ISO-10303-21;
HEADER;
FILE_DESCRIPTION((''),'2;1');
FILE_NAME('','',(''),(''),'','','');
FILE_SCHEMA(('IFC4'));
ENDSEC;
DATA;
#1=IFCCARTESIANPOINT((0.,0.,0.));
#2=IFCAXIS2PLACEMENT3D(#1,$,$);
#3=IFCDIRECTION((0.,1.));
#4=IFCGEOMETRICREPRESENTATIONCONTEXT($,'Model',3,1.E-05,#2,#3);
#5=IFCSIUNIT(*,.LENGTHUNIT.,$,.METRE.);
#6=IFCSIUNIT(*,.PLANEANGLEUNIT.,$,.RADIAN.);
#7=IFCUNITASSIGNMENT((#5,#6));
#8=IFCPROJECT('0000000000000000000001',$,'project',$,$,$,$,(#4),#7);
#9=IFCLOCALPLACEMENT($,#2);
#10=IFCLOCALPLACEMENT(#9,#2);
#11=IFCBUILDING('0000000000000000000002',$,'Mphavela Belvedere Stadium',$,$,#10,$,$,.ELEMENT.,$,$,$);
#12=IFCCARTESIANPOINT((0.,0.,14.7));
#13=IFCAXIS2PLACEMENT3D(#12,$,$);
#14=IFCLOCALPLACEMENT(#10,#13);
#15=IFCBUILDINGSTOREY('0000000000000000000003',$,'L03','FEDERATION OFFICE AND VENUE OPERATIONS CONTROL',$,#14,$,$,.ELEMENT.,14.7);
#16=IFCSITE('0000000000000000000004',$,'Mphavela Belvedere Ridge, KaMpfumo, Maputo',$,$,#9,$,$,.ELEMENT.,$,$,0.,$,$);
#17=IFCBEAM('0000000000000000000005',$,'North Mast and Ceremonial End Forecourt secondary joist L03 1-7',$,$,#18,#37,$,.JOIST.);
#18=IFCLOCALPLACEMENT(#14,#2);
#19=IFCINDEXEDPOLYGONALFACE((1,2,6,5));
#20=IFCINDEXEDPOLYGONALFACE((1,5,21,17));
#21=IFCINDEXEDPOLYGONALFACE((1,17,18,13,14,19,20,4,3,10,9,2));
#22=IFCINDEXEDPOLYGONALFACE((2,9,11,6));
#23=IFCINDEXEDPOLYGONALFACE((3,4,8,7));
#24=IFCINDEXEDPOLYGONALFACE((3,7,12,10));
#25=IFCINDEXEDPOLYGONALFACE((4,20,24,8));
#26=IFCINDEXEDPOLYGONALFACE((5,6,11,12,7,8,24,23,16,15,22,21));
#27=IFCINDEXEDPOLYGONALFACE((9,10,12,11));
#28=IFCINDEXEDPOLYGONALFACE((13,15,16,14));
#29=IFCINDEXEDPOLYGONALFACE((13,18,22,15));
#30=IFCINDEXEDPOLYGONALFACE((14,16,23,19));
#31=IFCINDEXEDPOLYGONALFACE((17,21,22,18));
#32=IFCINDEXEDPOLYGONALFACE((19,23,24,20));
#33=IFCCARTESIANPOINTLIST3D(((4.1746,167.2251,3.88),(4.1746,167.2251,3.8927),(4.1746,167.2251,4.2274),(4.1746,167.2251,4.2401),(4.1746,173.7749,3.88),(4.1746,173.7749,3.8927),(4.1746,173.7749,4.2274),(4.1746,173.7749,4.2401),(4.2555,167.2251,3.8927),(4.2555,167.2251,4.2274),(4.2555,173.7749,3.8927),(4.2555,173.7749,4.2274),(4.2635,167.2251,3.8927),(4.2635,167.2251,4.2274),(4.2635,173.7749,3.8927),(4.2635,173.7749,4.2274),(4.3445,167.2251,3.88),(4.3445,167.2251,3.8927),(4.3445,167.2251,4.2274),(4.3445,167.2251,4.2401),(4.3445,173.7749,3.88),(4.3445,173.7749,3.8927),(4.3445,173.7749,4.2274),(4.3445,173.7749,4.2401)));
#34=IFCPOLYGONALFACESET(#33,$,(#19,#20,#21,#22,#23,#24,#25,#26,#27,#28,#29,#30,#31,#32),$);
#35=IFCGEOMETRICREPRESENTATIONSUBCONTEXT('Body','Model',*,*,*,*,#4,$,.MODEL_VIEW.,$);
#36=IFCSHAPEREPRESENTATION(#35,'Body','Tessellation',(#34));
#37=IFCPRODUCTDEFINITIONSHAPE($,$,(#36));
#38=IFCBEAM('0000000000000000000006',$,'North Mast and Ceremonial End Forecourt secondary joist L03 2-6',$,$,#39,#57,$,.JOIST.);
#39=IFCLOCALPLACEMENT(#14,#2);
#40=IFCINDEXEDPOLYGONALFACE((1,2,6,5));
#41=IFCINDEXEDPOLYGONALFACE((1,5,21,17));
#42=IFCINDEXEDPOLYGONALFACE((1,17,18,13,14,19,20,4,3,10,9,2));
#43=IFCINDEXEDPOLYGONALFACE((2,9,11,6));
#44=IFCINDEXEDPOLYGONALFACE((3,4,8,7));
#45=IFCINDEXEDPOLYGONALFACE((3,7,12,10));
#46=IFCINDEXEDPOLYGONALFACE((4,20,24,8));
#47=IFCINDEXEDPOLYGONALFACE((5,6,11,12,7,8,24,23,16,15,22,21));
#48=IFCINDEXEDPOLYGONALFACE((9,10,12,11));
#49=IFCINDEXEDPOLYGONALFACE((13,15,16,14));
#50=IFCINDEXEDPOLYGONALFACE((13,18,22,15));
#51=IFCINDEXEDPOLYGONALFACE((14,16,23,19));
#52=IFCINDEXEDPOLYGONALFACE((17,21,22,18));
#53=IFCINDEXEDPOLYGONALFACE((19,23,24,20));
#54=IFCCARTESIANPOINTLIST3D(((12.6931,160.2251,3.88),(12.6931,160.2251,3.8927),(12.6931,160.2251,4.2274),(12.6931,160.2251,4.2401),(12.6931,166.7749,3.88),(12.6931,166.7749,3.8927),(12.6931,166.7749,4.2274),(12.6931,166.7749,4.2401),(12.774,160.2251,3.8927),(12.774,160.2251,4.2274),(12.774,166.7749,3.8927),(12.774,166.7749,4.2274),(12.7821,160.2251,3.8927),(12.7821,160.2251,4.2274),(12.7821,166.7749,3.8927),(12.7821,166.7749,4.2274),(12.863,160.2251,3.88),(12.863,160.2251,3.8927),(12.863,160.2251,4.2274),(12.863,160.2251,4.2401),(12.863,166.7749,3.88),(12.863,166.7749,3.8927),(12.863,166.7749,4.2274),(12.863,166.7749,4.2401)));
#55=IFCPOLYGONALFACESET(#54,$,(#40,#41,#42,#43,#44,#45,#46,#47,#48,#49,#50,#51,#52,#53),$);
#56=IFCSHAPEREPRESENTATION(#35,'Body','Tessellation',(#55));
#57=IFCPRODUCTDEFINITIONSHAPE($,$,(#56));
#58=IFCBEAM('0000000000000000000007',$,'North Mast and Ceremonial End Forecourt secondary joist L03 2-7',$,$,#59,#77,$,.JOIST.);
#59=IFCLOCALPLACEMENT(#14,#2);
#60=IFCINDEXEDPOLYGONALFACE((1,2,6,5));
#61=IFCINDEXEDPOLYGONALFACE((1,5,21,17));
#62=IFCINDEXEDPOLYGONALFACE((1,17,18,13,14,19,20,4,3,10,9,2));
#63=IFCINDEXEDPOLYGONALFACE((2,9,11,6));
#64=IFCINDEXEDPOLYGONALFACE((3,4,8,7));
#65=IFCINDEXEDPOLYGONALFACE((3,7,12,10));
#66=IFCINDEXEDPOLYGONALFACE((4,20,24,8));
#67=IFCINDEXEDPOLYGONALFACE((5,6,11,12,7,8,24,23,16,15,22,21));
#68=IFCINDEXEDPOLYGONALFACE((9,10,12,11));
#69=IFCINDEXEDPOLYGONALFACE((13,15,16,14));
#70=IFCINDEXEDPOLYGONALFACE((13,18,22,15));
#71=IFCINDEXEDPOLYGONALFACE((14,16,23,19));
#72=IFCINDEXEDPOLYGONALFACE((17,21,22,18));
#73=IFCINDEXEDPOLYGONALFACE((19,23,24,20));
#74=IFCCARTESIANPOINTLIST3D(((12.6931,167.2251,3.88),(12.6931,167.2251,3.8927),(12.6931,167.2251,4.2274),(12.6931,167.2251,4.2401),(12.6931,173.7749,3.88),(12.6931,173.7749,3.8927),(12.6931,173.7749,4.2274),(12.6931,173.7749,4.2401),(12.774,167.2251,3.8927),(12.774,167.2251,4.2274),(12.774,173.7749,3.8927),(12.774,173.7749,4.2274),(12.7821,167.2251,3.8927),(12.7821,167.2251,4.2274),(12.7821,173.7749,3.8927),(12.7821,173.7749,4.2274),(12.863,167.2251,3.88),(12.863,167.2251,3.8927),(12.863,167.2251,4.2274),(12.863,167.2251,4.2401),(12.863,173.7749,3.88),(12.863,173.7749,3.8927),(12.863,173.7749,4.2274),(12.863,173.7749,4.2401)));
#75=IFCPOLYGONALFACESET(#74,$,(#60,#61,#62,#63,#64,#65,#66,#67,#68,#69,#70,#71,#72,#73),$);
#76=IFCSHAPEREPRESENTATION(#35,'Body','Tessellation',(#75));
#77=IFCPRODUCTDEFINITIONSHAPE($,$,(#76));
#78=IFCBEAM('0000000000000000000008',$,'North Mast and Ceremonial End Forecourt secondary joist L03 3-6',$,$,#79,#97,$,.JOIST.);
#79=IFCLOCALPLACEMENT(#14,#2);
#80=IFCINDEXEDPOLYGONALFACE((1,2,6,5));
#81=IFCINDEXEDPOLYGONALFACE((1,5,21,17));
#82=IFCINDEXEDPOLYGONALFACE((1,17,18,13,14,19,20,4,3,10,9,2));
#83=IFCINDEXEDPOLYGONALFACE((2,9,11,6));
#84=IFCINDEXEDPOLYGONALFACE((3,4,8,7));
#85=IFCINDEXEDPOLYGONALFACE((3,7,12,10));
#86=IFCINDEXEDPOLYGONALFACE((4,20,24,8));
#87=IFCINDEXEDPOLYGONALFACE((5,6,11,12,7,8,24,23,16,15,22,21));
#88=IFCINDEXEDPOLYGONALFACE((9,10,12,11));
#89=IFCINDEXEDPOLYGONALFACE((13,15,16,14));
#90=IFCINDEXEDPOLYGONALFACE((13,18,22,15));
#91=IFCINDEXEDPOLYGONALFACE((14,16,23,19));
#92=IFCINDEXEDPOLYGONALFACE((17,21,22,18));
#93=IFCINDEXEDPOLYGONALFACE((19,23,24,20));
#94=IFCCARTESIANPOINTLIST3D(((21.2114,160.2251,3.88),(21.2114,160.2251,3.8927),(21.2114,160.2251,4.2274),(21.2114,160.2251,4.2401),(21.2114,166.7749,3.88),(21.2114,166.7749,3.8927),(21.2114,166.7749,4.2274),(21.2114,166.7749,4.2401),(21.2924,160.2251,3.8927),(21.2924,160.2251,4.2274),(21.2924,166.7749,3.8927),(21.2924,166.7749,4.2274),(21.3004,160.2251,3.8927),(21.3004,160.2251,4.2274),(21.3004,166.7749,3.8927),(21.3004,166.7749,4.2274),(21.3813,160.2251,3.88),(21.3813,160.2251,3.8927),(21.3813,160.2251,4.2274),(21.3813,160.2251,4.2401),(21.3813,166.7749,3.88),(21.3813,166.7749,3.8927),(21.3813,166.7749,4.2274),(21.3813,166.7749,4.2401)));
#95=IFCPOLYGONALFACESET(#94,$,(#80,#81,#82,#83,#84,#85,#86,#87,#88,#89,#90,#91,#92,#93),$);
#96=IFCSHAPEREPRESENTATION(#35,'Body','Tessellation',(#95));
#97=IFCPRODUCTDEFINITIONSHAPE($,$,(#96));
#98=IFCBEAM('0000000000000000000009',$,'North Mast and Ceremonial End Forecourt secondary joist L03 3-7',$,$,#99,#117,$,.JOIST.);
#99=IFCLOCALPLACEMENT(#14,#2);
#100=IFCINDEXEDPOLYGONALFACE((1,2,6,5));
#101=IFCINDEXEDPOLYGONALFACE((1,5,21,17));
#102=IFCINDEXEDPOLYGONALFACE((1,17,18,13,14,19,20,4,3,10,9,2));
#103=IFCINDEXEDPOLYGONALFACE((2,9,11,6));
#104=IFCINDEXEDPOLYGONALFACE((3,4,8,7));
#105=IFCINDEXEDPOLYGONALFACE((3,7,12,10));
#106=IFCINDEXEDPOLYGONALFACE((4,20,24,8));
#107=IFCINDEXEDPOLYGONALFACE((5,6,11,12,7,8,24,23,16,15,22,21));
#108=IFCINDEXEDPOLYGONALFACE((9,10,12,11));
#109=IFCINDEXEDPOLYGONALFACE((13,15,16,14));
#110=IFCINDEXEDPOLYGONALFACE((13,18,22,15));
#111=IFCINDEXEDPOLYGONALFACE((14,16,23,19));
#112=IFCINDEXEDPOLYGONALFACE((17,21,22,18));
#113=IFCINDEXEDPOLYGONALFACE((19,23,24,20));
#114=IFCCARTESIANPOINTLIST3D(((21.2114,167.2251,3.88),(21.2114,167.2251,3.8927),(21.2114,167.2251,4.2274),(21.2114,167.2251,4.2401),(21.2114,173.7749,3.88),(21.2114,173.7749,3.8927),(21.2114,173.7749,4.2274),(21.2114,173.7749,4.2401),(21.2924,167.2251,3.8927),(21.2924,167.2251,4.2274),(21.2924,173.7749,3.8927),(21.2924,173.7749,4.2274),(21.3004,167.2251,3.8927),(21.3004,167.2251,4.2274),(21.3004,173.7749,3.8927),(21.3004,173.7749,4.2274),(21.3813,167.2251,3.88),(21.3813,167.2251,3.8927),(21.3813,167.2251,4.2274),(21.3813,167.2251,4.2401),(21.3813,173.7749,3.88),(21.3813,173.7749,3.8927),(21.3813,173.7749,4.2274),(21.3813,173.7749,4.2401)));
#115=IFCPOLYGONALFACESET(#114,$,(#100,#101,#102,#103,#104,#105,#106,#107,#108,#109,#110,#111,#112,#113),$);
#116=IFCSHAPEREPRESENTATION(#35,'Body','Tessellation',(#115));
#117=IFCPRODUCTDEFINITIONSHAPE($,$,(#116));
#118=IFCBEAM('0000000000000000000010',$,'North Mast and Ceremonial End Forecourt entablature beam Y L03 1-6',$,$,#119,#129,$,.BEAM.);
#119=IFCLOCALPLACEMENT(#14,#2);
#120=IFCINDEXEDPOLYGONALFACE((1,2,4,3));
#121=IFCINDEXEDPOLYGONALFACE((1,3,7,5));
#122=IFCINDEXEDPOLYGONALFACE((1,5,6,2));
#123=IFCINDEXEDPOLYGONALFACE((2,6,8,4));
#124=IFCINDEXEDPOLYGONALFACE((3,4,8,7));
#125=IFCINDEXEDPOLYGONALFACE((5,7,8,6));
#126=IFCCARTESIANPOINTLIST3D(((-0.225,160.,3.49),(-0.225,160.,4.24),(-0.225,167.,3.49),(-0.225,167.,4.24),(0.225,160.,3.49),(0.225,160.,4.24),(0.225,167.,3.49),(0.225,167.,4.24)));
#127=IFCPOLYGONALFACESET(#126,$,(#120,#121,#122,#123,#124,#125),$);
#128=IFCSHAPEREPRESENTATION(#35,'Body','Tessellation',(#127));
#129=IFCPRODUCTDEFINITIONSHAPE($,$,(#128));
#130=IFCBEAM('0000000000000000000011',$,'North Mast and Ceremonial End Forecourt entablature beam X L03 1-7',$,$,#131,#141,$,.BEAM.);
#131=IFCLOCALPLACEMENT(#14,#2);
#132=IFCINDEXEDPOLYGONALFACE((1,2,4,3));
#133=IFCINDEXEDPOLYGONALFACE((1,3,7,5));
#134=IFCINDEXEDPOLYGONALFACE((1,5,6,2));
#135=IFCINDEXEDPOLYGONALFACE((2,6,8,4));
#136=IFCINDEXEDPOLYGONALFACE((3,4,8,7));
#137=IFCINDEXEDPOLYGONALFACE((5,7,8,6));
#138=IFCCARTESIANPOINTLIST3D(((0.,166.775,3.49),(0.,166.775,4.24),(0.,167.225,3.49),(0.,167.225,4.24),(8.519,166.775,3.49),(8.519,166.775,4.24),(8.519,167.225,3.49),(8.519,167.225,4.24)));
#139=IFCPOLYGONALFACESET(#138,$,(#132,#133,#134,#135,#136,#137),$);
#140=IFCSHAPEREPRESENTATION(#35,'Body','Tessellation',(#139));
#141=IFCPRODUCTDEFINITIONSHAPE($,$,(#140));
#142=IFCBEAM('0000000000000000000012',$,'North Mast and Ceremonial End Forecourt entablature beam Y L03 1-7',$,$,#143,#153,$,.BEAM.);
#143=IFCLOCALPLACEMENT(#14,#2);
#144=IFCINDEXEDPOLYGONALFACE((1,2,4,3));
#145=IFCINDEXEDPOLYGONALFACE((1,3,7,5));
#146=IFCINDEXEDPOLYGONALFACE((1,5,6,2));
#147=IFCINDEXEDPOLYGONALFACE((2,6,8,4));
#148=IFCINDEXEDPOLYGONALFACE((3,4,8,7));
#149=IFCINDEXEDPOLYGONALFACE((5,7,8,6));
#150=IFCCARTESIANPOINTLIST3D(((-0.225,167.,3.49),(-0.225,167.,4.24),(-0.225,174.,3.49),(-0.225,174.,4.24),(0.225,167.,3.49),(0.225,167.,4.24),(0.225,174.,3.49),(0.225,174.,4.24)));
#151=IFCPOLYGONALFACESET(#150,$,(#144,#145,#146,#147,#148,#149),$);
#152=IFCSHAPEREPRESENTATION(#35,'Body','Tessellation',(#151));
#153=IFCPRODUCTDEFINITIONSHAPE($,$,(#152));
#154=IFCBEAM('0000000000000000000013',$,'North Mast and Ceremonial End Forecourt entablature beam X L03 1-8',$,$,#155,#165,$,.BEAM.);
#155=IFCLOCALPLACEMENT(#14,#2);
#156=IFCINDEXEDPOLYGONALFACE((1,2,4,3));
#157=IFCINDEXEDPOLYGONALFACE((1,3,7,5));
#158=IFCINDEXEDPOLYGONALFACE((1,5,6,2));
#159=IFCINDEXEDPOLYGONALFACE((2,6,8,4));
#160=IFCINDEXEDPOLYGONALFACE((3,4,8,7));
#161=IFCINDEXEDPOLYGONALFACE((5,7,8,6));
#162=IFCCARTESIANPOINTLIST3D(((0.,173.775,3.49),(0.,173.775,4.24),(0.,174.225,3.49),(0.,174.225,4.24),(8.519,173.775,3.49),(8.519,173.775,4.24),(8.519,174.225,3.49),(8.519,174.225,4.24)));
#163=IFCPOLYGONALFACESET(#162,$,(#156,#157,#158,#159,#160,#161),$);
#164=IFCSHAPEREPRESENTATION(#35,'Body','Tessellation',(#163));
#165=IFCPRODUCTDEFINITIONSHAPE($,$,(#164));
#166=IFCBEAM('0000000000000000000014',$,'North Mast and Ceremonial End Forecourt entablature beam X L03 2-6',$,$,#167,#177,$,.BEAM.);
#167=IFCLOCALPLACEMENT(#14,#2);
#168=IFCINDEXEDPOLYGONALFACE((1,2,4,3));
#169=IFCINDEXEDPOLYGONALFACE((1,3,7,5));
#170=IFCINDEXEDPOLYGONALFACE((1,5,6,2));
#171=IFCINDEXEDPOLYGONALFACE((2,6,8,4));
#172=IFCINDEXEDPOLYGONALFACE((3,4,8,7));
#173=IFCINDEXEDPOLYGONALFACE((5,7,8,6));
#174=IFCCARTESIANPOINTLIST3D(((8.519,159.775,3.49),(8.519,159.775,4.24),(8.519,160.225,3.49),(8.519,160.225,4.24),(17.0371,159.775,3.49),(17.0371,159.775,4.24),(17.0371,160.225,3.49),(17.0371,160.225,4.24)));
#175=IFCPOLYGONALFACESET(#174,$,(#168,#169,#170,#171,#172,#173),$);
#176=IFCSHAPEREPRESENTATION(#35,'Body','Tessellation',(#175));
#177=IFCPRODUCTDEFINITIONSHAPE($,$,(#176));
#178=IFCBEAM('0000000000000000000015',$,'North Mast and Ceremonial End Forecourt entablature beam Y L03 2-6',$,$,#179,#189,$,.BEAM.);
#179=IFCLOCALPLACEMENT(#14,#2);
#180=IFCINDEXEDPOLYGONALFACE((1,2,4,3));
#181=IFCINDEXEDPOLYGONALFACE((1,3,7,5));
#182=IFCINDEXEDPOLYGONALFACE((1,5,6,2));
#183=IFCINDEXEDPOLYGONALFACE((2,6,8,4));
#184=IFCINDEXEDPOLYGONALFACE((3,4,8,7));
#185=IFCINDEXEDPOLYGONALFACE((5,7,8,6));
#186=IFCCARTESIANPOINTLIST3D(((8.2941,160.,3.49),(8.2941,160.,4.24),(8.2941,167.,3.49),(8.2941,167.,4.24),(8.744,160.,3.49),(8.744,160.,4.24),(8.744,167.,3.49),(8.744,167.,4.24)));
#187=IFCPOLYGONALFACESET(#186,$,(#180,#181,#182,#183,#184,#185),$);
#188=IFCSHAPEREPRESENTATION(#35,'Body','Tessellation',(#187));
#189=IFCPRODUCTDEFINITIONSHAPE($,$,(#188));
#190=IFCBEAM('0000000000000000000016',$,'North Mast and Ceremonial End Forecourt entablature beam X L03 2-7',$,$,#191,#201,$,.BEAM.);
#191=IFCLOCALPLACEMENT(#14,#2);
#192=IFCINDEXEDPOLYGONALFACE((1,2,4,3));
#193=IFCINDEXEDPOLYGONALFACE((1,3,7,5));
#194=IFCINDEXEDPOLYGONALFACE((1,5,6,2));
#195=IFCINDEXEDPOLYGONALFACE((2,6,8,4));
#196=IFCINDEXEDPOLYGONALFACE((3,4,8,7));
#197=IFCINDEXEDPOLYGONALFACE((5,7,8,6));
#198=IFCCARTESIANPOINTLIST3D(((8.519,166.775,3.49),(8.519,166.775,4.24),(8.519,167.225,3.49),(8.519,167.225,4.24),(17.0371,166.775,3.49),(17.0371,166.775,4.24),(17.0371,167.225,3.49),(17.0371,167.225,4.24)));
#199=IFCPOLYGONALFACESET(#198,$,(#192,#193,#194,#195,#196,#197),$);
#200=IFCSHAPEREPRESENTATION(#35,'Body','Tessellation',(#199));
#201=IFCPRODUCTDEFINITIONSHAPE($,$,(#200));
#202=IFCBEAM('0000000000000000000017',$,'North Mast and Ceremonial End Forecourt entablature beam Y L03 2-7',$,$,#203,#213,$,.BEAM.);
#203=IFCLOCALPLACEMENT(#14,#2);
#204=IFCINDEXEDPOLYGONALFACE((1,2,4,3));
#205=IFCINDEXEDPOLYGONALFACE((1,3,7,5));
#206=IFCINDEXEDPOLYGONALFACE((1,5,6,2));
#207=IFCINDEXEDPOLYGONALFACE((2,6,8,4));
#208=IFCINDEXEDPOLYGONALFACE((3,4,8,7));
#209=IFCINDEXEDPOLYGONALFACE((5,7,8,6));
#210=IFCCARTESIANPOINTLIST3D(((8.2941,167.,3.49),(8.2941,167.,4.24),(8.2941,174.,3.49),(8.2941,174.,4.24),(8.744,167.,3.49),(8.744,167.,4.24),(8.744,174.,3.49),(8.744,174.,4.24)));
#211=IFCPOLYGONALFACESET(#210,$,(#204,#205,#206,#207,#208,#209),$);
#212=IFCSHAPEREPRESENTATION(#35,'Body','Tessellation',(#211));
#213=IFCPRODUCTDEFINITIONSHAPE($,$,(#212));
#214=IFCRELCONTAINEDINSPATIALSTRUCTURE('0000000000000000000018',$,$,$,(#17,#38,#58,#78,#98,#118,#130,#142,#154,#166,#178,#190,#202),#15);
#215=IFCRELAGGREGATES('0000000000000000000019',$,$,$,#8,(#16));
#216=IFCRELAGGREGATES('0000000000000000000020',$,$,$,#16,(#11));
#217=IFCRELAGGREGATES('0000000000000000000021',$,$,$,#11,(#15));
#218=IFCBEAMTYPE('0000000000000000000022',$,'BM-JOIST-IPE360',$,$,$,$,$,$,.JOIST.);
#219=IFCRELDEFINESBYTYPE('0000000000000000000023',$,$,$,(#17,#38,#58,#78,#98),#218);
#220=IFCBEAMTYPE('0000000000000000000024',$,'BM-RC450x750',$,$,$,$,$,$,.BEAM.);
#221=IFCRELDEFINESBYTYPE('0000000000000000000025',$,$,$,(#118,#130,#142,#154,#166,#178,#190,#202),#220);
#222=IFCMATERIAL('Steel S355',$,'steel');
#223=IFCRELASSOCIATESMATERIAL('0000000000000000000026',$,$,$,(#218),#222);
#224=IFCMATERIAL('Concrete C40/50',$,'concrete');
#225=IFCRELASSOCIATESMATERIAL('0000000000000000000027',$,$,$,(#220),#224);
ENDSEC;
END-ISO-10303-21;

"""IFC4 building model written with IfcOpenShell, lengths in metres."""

from ifc_helpers import new_model, si_unit, direction, frame, origin, origin_2d, place, context, subcontext, project, spatial, rectangle, i_section, extrude, material, material_profile, profile_set, type_object, element, save


model = new_model("IFC4")

# Units and contexts
model_context = context("Model", 3, precision=1e-05, world=origin(), true_north=direction((0.0, 1.0)))
body_context = subcontext(model_context, "Body", "Model", "MODEL_VIEW")
ifc_project = project(units=[si_unit("LENGTHUNIT", "METRE"), si_unit("PLANEANGLEUNIT", "RADIAN")], contexts=[model_context])

# Site, building, storey
site_placement = place(None, origin())
site = spatial("IfcSite", under=ifc_project, at=site_placement, Name="Mphavela Belvedere Ridge, KaMpfumo, Maputo", CompositionType="ELEMENT", RefElevation=0.0)
building_placement = place(site_placement, origin())
building = spatial("IfcBuilding", under=site, at=building_placement, Name="Mphavela Belvedere Stadium", CompositionType="ELEMENT")
storey_placement = place(building_placement, frame((0.0, 0.0, 14.7)))
storey = spatial("IfcBuildingStorey", under=building, at=storey_placement, Name="L03", Description="FEDERATION OFFICE AND VENUE OPERATIONS CONTROL", CompositionType="ELEMENT", Elevation=14.7)

# Beams
ifc_material_1 = material(Name="Steel S355", Category="steel")
ifc_material_profile_1 = material_profile(ifc_material_1, i_section(OverallWidth=0.1699, OverallDepth=0.3601, WebThickness=0.0081, FlangeThickness=0.0127, at=origin_2d()), Name="IPE 360")
ifc_profile_set_1 = profile_set([ifc_material_profile_1], Name="Steel S355")
beam_type_1 = type_object("IfcBeamType", Name="BM-JOIST-IPE360", PredefinedType="JOIST", material=ifc_profile_set_1)
for number, where, z_axis, x_axis, name in (
    (1, (4.2595, 167.2251, 4.0601), (0.0, 1.0, 0.0), (-1.0, 0.0, 0.0), "North Mast and Ceremonial End Forecourt secondary joist L03 1-7"),
    (2, (12.7781, 160.2251, 4.0601), (0.0, 1.0, 0.0), (-1.0, 0.0, 0.0), "North Mast and Ceremonial End Forecourt secondary joist L03 2-6"),
    (3, (12.7781, 167.2251, 4.0601), (0.0, 1.0, 0.0), (-1.0, 0.0, 0.0), "North Mast and Ceremonial End Forecourt secondary joist L03 2-7"),
    (4, (21.2964, 160.2251, 4.0601), (0.0, 1.0, 0.0), (-1.0, 0.0, 0.0), "North Mast and Ceremonial End Forecourt secondary joist L03 3-6"),
    (5, (21.2964, 167.2251, 4.0601), (0.0, 1.0, 0.0), (-1.0, 0.0, 0.0), "North Mast and Ceremonial End Forecourt secondary joist L03 3-7"),
):
    element("IfcBeam", number, at=place(storey_placement, frame(where, z_axis=z_axis, x_axis=x_axis)), inside=storey, type_object=beam_type_1, Name=name, PredefinedType="JOIST", context=body_context, shape_type="SweptSolid", body=[
        extrude(i_section(OverallWidth=0.1699, OverallDepth=0.3601, WebThickness=0.0081, FlangeThickness=0.0127, at=origin_2d()), origin(), (0.0, 0.0, 1.0), 6.5498),
    ])
ifc_material_2 = material(Name="Concrete C40/50", Category="concrete")
ifc_material_profile_2 = material_profile(ifc_material_2, rectangle(XDim=0.45, YDim=0.75, at=origin_2d()), Name="RC 450x750")
ifc_profile_set_2 = profile_set([ifc_material_profile_2], Name="Concrete C40/50")
beam_type_2 = type_object("IfcBeamType", Name="BM-RC450x750", PredefinedType="BEAM", material=ifc_profile_set_2)
beam_1_placement = place(storey_placement, frame((0.0, 160.0, 3.865), z_axis=(0.0, 1.0, 0.0), x_axis=(-1.0, 0.0, 0.0)))
element("IfcBeam", 6, at=beam_1_placement, inside=storey, type_object=beam_type_2, Name="North Mast and Ceremonial End Forecourt entablature beam Y L03 1-6", PredefinedType="BEAM", context=body_context, shape_type="SweptSolid", body=[
    extrude(rectangle(XDim=0.45, YDim=0.75, at=origin_2d()), origin(), (0.0, 0.0, 1.0), 7.0),
])
beam_2_placement = place(storey_placement, frame((0.0, 167.0, 3.865), z_axis=(1.0, 0.0, 0.0), x_axis=(0.0, 1.0, 0.0)))
element("IfcBeam", 7, at=beam_2_placement, inside=storey, type_object=beam_type_2, Name="North Mast and Ceremonial End Forecourt entablature beam X L03 1-7", PredefinedType="BEAM", context=body_context, shape_type="SweptSolid", body=[
    extrude(rectangle(XDim=0.45, YDim=0.75, at=origin_2d()), origin(), (0.0, 0.0, 1.0), 8.519),
])
beam_3_placement = place(storey_placement, frame((0.0, 167.0, 3.865), z_axis=(0.0, 1.0, 0.0), x_axis=(-1.0, 0.0, 0.0)))
element("IfcBeam", 8, at=beam_3_placement, inside=storey, type_object=beam_type_2, Name="North Mast and Ceremonial End Forecourt entablature beam Y L03 1-7", PredefinedType="BEAM", context=body_context, shape_type="SweptSolid", body=[
    extrude(rectangle(XDim=0.45, YDim=0.75, at=origin_2d()), origin(), (0.0, 0.0, 1.0), 7.0),
])
beam_4_placement = place(storey_placement, frame((0.0, 174.0, 3.865), z_axis=(1.0, 0.0, 0.0), x_axis=(0.0, 1.0, 0.0)))
element("IfcBeam", 9, at=beam_4_placement, inside=storey, type_object=beam_type_2, Name="North Mast and Ceremonial End Forecourt entablature beam X L03 1-8", PredefinedType="BEAM", context=body_context, shape_type="SweptSolid", body=[
    extrude(rectangle(XDim=0.45, YDim=0.75, at=origin_2d()), origin(), (0.0, 0.0, 1.0), 8.519),
])
beam_5_placement = place(storey_placement, frame((8.519, 160.0, 3.865), z_axis=(1.0, 0.0, 0.0), x_axis=(0.0, 1.0, 0.0)))
element("IfcBeam", 10, at=beam_5_placement, inside=storey, type_object=beam_type_2, Name="North Mast and Ceremonial End Forecourt entablature beam X L03 2-6", PredefinedType="BEAM", context=body_context, shape_type="SweptSolid", body=[
    extrude(rectangle(XDim=0.45, YDim=0.75, at=origin_2d()), origin(), (0.0, 0.0, 1.0), 8.5181),
])
beam_6_placement = place(storey_placement, frame((8.519, 160.0, 3.865), z_axis=(0.0, 1.0, 0.0), x_axis=(-1.0, 0.0, 0.0)))
element("IfcBeam", 11, at=beam_6_placement, inside=storey, type_object=beam_type_2, Name="North Mast and Ceremonial End Forecourt entablature beam Y L03 2-6", PredefinedType="BEAM", context=body_context, shape_type="SweptSolid", body=[
    extrude(rectangle(XDim=0.45, YDim=0.75, at=origin_2d()), origin(), (0.0, 0.0, 1.0), 7.0),
])
beam_7_placement = place(storey_placement, frame((8.519, 167.0, 3.865), z_axis=(1.0, 0.0, 0.0), x_axis=(0.0, 1.0, 0.0)))
element("IfcBeam", 12, at=beam_7_placement, inside=storey, type_object=beam_type_2, Name="North Mast and Ceremonial End Forecourt entablature beam X L03 2-7", PredefinedType="BEAM", context=body_context, shape_type="SweptSolid", body=[
    extrude(rectangle(XDim=0.45, YDim=0.75, at=origin_2d()), origin(), (0.0, 0.0, 1.0), 8.5181),
])
beam_8_placement = place(storey_placement, frame((8.519, 167.0, 3.865), z_axis=(0.0, 1.0, 0.0), x_axis=(-1.0, 0.0, 0.0)))
element("IfcBeam", 13, at=beam_8_placement, inside=storey, type_object=beam_type_2, Name="North Mast and Ceremonial End Forecourt entablature beam Y L03 2-7", PredefinedType="BEAM", context=body_context, shape_type="SweptSolid", body=[
    extrude(rectangle(XDim=0.45, YDim=0.75, at=origin_2d()), origin(), (0.0, 0.0, 1.0), 7.0),
])

save(model, "model.ifc")
